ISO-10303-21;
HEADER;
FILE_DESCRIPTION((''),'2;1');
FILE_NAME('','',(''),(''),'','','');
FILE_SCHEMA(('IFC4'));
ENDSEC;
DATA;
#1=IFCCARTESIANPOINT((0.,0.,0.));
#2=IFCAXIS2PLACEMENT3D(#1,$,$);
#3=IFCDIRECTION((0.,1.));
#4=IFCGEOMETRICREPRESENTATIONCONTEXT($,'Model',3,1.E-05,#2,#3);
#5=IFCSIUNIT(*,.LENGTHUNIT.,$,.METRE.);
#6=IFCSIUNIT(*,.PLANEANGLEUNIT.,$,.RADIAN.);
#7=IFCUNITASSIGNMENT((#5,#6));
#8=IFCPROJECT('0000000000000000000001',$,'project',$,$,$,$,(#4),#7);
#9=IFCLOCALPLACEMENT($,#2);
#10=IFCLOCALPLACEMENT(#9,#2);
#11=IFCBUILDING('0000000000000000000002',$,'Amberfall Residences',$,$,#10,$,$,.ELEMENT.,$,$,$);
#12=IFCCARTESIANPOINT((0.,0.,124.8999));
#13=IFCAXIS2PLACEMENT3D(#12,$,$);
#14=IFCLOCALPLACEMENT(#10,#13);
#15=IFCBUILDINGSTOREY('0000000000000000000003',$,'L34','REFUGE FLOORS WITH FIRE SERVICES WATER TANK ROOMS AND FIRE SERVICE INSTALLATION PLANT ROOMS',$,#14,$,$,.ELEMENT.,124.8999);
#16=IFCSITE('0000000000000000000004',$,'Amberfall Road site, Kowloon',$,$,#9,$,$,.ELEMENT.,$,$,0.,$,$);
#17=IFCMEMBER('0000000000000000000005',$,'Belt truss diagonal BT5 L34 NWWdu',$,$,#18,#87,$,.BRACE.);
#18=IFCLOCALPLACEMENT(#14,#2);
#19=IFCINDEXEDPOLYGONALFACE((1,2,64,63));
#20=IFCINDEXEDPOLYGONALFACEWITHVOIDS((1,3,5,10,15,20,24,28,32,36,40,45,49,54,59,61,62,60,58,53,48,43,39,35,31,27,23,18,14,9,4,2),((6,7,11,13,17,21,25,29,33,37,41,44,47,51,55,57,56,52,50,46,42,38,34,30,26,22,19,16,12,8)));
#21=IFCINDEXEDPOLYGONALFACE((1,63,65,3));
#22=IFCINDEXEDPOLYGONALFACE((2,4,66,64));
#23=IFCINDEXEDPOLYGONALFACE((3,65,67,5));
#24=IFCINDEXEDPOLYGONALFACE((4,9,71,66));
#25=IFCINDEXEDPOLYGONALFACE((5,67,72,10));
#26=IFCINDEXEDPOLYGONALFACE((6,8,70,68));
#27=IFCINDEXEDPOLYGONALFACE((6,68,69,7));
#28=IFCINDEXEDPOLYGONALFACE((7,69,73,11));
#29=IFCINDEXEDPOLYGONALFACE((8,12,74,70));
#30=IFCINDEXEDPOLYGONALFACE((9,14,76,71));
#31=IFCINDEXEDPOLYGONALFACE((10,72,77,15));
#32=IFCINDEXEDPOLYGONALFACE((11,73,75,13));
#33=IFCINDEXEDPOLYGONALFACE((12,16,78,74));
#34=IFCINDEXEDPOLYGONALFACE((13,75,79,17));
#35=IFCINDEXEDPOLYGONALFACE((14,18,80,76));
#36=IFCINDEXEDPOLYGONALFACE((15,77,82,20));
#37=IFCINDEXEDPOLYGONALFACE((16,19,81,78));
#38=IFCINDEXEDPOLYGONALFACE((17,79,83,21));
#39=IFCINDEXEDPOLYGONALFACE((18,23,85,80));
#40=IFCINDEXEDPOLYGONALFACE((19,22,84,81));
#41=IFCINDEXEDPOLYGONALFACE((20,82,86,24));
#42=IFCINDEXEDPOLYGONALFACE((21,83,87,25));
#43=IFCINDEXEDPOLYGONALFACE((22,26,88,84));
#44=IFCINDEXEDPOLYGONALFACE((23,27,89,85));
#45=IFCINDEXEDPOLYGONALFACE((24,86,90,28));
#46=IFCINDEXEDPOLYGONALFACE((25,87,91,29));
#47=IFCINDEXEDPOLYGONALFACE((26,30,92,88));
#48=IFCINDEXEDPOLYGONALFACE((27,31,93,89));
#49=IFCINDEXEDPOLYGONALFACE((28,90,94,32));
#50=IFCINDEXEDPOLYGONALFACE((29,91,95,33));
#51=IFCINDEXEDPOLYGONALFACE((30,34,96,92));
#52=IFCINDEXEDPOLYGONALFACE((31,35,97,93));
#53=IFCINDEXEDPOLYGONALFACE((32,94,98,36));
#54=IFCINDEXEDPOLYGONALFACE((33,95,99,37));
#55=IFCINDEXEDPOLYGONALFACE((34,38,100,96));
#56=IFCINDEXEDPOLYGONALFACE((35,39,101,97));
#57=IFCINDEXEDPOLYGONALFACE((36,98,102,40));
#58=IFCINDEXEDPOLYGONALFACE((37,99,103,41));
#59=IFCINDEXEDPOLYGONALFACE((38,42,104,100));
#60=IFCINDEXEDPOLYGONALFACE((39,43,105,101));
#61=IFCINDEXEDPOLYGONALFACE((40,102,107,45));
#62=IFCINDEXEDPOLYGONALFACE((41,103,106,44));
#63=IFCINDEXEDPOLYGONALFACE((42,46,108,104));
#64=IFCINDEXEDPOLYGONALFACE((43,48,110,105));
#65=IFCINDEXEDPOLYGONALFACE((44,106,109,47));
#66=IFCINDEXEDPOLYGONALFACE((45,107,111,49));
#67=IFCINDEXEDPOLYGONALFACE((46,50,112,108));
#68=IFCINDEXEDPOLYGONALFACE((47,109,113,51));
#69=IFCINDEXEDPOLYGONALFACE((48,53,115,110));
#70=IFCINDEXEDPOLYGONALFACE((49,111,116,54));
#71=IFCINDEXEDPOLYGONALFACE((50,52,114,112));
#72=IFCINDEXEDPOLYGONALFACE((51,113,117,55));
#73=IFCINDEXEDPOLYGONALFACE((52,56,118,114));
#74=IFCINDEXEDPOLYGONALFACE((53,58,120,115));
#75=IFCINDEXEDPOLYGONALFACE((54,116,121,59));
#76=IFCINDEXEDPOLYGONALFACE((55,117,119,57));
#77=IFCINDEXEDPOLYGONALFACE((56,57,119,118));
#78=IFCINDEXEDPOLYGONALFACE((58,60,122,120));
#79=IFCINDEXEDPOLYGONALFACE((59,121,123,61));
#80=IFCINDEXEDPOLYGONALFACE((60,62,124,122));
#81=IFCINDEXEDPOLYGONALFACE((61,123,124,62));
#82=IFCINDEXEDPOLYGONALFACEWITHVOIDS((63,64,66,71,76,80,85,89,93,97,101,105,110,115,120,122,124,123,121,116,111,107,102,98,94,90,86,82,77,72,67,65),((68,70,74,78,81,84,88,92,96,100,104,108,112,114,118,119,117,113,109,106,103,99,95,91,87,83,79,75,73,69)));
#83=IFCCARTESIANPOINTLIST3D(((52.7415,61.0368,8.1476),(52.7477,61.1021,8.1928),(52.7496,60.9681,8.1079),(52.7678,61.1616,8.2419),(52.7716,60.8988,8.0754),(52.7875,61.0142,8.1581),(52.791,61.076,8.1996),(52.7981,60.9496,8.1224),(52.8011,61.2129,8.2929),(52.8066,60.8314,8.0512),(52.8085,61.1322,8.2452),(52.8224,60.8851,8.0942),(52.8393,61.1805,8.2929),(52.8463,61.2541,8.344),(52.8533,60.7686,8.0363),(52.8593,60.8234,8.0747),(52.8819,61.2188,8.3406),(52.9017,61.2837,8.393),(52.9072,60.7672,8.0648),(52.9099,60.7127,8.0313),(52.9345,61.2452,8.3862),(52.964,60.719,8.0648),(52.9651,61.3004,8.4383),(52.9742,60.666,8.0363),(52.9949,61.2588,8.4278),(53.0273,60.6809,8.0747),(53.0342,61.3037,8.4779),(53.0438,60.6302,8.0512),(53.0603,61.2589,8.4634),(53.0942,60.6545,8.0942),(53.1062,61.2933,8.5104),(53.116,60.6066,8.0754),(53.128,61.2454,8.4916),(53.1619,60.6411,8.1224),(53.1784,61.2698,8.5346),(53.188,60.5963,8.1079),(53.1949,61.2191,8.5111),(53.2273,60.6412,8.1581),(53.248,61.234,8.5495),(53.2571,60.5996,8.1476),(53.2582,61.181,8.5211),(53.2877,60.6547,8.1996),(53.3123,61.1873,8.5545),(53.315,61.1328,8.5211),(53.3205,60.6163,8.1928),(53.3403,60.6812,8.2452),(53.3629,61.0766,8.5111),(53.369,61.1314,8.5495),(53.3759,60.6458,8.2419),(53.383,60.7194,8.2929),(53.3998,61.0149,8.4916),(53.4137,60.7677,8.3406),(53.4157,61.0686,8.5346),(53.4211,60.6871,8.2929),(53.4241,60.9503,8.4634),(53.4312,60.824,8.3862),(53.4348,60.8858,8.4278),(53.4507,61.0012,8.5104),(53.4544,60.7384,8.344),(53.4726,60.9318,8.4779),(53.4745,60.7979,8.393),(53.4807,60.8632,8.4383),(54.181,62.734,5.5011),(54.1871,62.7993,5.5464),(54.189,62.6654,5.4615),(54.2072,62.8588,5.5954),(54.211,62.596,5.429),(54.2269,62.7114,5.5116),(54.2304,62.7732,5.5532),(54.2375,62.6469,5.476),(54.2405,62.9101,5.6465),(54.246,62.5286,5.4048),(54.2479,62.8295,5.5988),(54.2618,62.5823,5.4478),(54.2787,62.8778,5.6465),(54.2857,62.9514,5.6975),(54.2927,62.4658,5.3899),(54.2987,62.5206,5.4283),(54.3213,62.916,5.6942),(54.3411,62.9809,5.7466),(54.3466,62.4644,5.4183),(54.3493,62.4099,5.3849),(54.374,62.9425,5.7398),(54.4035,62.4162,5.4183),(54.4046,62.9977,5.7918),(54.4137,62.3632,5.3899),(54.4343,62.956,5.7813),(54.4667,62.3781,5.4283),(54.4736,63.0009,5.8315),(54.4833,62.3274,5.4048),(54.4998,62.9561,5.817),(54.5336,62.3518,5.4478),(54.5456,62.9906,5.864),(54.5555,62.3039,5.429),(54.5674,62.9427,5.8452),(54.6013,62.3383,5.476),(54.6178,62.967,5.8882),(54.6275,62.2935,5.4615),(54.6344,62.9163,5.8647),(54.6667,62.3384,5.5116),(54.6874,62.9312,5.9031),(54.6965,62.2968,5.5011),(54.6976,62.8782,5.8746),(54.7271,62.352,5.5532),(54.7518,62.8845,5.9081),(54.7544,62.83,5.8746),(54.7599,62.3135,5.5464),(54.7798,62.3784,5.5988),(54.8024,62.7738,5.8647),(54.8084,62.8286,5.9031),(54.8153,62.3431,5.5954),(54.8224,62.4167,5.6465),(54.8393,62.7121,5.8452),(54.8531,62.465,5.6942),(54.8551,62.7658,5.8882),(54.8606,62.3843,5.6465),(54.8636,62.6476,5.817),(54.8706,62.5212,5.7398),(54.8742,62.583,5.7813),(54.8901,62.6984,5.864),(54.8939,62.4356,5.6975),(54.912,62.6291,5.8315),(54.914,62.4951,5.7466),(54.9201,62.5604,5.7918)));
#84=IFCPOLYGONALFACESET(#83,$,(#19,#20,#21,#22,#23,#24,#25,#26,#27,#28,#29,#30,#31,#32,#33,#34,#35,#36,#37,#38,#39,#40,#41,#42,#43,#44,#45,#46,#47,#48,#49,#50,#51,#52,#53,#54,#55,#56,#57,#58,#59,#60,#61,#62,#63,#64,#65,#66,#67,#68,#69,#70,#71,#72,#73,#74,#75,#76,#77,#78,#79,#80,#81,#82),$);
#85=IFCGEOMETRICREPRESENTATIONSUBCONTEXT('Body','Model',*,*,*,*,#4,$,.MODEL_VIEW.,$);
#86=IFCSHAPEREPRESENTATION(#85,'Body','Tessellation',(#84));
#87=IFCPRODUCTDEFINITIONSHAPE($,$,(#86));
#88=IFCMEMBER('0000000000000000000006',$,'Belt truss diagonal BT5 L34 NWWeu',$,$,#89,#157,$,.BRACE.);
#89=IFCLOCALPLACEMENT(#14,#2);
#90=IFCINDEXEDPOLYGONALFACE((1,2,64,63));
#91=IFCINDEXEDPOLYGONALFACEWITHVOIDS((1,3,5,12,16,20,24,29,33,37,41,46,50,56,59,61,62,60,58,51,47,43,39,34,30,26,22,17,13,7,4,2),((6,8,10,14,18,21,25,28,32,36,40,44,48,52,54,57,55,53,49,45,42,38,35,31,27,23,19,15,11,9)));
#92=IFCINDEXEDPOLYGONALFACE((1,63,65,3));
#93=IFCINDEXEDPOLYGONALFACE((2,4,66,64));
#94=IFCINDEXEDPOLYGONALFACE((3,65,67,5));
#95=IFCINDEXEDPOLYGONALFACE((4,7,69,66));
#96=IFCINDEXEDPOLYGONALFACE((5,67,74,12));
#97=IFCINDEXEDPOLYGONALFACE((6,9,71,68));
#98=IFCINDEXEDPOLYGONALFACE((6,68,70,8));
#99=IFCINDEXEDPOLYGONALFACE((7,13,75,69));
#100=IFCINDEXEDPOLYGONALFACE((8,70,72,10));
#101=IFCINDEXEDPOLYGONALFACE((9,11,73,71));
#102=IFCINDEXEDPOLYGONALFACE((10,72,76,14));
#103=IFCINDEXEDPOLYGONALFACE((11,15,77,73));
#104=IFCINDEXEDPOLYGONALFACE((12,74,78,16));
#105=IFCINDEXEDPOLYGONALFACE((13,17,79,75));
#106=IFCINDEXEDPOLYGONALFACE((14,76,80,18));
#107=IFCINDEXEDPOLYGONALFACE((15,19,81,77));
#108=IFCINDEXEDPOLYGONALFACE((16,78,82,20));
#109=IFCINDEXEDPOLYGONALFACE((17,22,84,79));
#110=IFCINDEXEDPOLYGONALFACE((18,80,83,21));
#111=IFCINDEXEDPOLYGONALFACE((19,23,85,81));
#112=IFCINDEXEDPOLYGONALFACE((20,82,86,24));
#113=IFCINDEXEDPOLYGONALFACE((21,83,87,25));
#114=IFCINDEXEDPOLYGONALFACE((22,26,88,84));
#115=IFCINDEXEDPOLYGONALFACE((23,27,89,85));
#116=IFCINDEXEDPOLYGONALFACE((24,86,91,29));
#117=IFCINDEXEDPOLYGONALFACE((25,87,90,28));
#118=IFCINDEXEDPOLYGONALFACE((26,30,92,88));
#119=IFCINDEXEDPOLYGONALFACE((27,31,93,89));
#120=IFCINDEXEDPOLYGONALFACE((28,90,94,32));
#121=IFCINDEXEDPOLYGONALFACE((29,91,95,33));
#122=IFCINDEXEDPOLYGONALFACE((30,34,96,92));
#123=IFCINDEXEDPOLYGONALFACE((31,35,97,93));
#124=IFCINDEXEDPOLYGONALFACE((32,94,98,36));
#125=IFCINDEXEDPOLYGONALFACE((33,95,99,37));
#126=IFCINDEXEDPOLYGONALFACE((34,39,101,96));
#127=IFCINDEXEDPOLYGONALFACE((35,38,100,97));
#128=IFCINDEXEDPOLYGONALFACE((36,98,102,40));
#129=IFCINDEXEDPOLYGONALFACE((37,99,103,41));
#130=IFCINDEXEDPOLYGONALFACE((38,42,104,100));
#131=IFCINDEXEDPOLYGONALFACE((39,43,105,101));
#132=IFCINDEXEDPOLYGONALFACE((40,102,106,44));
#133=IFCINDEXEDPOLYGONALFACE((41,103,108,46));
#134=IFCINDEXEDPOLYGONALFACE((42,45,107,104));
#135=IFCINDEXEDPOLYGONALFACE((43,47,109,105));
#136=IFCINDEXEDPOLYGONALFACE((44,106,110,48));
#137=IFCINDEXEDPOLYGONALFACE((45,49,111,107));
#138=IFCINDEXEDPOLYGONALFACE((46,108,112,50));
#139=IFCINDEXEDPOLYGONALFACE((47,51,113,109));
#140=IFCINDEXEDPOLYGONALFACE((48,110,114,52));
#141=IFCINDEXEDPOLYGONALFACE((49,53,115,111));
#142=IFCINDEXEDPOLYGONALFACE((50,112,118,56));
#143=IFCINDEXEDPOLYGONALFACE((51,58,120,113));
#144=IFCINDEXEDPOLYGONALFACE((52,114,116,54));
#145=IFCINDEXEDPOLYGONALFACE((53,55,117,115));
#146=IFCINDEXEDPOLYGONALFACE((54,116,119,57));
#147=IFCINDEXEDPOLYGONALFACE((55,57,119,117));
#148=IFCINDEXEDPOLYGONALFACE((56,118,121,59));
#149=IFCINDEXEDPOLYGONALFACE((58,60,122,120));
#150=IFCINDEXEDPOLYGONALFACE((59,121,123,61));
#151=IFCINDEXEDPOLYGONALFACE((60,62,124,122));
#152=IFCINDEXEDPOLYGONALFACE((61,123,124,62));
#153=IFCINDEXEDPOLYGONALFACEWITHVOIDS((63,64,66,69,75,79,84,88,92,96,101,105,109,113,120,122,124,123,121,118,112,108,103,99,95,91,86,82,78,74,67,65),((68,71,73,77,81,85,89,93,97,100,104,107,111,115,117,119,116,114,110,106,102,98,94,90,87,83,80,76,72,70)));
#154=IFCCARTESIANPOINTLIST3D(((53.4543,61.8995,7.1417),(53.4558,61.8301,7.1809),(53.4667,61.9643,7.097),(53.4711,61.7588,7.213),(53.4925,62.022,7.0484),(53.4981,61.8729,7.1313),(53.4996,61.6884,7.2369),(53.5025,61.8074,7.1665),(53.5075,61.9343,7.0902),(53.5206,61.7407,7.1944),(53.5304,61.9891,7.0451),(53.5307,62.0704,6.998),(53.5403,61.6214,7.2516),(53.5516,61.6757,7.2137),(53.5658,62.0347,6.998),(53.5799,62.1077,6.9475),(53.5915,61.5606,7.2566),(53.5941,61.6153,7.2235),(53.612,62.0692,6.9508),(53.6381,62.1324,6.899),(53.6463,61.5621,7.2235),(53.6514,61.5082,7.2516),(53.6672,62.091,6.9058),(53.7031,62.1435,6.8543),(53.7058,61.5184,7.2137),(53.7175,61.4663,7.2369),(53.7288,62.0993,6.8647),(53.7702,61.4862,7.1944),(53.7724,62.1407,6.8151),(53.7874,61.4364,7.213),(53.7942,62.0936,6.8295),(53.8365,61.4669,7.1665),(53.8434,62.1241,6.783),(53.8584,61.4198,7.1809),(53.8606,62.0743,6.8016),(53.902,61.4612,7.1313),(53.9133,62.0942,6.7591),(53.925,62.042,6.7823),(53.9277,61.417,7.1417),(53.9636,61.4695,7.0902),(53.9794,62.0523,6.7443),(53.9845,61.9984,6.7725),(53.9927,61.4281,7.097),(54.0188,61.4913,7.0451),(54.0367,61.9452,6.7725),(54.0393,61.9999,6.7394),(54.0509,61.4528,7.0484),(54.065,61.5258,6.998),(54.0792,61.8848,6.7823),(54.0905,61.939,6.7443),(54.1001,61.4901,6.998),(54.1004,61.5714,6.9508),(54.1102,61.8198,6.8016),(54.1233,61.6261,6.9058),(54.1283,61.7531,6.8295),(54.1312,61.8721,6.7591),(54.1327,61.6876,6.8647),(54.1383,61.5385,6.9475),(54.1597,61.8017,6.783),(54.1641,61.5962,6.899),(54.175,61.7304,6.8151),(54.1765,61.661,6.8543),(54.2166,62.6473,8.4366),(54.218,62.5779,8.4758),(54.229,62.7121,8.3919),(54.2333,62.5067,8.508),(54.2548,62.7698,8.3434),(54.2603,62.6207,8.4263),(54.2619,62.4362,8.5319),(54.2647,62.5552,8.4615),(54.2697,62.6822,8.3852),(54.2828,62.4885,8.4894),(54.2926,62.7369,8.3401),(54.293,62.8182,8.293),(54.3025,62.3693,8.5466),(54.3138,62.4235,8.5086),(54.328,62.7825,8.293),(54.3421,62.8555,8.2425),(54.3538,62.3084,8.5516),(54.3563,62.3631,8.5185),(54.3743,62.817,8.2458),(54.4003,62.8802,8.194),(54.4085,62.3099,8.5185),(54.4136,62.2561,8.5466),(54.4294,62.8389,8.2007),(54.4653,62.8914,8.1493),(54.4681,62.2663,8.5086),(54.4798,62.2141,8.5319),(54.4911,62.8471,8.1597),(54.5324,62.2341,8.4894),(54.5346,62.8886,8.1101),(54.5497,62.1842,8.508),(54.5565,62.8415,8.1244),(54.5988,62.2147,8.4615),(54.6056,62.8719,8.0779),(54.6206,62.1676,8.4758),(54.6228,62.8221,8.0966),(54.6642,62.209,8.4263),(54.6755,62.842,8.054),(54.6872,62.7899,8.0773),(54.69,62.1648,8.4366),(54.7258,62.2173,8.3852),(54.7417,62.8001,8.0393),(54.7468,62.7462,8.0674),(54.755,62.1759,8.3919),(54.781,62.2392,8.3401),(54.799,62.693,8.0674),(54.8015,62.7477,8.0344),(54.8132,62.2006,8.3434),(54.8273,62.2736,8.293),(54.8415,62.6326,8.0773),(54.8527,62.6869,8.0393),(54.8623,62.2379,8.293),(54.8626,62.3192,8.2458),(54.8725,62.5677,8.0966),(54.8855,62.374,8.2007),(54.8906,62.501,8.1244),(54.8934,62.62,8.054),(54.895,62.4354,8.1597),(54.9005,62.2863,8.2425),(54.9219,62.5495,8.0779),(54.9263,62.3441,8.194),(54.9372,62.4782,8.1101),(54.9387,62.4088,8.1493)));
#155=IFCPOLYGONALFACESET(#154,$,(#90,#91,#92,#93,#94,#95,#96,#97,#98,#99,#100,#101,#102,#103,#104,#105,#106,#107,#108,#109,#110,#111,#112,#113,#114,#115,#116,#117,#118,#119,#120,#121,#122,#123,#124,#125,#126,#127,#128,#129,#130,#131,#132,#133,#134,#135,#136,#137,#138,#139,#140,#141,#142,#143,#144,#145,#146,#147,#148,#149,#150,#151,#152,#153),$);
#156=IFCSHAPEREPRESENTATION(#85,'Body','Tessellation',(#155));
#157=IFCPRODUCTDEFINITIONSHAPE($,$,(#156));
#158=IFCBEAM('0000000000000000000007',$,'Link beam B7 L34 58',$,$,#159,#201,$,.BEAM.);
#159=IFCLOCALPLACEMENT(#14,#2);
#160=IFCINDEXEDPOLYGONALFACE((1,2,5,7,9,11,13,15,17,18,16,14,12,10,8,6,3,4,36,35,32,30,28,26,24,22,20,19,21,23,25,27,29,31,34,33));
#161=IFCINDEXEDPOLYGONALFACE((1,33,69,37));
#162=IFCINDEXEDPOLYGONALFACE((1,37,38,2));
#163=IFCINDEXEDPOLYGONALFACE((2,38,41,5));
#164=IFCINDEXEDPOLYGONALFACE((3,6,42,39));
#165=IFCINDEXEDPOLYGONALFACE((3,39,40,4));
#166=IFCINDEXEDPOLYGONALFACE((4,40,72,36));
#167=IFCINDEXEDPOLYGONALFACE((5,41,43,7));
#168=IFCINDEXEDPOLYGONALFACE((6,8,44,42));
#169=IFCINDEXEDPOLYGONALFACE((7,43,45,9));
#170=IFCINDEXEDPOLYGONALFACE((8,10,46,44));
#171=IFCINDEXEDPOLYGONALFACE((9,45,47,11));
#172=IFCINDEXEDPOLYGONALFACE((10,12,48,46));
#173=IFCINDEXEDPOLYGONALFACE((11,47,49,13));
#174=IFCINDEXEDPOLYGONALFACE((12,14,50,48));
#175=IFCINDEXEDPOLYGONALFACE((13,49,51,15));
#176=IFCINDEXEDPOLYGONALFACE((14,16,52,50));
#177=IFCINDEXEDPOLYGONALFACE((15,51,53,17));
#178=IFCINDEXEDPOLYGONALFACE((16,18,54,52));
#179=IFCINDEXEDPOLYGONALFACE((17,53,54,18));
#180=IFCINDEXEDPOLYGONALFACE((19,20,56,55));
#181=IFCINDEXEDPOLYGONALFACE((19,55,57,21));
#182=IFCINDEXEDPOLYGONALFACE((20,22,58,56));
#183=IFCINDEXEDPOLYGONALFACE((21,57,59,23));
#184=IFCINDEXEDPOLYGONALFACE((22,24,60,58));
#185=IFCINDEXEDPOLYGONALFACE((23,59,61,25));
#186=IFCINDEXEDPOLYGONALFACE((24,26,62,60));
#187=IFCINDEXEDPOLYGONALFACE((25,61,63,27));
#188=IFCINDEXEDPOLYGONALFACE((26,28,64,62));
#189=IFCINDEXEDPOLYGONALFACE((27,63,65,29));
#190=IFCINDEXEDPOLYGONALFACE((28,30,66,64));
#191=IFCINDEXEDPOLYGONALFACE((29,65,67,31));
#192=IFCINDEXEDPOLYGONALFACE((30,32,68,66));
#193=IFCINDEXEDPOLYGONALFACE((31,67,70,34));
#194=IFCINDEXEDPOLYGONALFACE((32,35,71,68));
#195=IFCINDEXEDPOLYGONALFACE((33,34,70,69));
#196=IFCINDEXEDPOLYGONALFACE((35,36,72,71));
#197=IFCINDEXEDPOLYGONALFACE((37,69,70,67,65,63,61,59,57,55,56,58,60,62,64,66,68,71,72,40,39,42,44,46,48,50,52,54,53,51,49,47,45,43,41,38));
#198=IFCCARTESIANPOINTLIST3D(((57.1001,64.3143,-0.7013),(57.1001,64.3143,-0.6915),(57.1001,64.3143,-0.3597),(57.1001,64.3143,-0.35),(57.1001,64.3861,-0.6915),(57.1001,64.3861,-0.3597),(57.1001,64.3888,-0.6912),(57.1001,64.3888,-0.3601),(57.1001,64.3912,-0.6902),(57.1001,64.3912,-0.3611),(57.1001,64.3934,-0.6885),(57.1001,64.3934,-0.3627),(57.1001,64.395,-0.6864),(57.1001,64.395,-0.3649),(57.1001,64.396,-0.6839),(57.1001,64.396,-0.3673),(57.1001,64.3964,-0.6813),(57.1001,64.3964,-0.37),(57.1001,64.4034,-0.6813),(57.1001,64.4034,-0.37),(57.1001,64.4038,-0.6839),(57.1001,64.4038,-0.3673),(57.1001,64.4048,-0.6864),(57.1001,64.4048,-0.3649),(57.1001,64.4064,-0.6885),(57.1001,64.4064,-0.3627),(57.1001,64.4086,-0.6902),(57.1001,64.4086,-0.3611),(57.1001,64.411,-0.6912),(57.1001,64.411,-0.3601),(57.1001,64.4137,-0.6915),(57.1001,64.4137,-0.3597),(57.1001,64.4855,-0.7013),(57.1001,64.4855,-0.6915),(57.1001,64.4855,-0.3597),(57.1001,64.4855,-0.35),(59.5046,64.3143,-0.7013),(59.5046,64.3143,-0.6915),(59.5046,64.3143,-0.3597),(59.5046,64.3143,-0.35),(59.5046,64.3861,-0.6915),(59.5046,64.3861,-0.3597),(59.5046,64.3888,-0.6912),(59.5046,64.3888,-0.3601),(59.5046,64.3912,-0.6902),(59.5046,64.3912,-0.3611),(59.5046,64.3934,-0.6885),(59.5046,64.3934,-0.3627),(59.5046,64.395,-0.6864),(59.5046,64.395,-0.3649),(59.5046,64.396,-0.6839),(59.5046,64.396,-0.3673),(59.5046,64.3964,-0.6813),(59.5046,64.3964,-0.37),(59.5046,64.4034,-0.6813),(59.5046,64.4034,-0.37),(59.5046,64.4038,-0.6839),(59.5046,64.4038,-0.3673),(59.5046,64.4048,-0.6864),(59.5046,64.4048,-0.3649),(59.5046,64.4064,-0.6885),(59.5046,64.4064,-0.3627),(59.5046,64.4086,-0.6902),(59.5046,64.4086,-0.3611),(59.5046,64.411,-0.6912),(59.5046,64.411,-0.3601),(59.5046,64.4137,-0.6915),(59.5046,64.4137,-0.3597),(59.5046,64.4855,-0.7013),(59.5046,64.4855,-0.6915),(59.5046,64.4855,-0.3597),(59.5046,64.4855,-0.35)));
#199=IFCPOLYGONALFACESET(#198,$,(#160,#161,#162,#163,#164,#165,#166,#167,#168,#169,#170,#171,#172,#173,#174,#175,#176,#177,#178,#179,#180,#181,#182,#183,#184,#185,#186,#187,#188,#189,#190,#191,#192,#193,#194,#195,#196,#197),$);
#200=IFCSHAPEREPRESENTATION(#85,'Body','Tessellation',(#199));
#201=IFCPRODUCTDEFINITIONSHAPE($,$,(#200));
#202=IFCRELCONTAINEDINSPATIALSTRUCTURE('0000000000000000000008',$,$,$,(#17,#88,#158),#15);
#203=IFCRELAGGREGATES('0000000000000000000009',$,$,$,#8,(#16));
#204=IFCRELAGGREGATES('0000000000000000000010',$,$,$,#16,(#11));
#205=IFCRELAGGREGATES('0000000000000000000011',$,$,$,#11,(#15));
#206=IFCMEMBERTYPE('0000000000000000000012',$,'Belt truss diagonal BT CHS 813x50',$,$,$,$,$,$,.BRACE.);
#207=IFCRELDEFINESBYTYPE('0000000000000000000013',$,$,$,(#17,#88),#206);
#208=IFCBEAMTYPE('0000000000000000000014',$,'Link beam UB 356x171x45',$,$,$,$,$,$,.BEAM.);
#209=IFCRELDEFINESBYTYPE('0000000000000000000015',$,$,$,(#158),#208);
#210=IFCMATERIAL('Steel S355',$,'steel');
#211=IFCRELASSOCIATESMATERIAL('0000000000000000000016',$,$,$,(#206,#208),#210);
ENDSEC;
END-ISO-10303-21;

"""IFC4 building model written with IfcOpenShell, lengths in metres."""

from ifc_helpers import new_model, si_unit, direction, frame, origin, origin_2d, place, context, subcontext, project, spatial, hollow_circle, i_section, extrude, material, material_profile, profile_set, type_object, element, save


model = new_model("IFC4")

# Units and contexts
model_context = context("Model", 3, precision=1e-05, world=origin(), true_north=direction((0.0, 1.0)))
body_context = subcontext(model_context, "Body", "Model", "MODEL_VIEW")
ifc_project = project(units=[si_unit("LENGTHUNIT", "METRE"), si_unit("PLANEANGLEUNIT", "RADIAN")], contexts=[model_context])

# Site, building, storey
site_placement = place(None, origin())
site = spatial("IfcSite", under=ifc_project, at=site_placement, Name="Amberfall Road site, Kowloon", CompositionType="ELEMENT", RefElevation=0.0)
building_placement = place(site_placement, origin())
building = spatial("IfcBuilding", under=site, at=building_placement, Name="Amberfall Residences", CompositionType="ELEMENT")
storey_placement = place(building_placement, frame((0.0, 0.0, 124.8999)))
storey = spatial("IfcBuildingStorey", under=building, at=storey_placement, Name="L34", Description="REFUGE FLOORS WITH FIRE SERVICES WATER TANK ROOMS AND FIRE SERVICE INSTALLATION PLANT ROOMS", CompositionType="ELEMENT", Elevation=124.8999)

# Shared definitions
ifc_material_1 = material(Name="Steel S355", Category="steel")

# Members
ifc_material_profile_1 = material_profile(ifc_material_1, hollow_circle(Radius=0.4065, WallThickness=0.05, at=origin_2d()), Name="CHS 813x50")
ifc_profile_set_1 = profile_set([ifc_material_profile_1], Name="Steel S355")
member_type = type_object("IfcMemberType", Name="Belt truss diagonal BT CHS 813x50", PredefinedType="BRACE", material=ifc_profile_set_1)
member_1_placement = place(storey_placement, frame((54.5505, 62.6472, 5.6465), z_axis=(-0.416288, -0.490846, 0.765359), x_axis=(0.762653, -0.646807, 0.0)))
element("IfcMember", 1, at=member_1_placement, inside=storey, type_object=member_type, Name="Belt truss diagonal BT5 L34 NWWdu", PredefinedType="BRACE", context=body_context, shape_type="SweptSolid", body=[
    extrude(hollow_circle(Radius=0.4065, WallThickness=0.05, at=origin_2d()), origin(), (0.0, 0.0, 1.0), 3.4578),
])
member_2_placement = place(storey_placement, frame((54.5776, 62.5281, 8.293), z_axis=(-0.45413, -0.445548, -0.771526), x_axis=(0.70033, -0.71382, 0.0)))
element("IfcMember", 2, at=member_2_placement, inside=storey, type_object=member_type, Name="Belt truss diagonal BT5 L34 NWWeu", PredefinedType="BRACE", context=body_context, shape_type="SweptSolid", body=[
    extrude(hollow_circle(Radius=0.4065, WallThickness=0.05, at=origin_2d()), origin(), (0.0, 0.0, 1.0), 1.6785),
])

# Beam
ifc_material_profile_2 = material_profile(ifc_material_1, i_section(OverallWidth=0.1711, OverallDepth=0.3513, WebThickness=0.0071, FlangeThickness=0.0098, FilletRadius=0.0103, at=origin_2d()), Name="UB 356x171x45")
ifc_profile_set_2 = profile_set([ifc_material_profile_2], Name="Steel S355")
beam_type_1 = type_object("IfcBeamType", Name="Link beam UB 356x171x45", PredefinedType="BEAM", material=ifc_profile_set_2)
beam_1_placement = place(storey_placement, frame((57.1001, 64.3999, -0.5256), z_axis=(1.0, 0.0, 0.0), x_axis=(0.0, 1.0, 0.0)))
element("IfcBeam", 3, at=beam_1_placement, inside=storey, type_object=beam_type_1, Name="Link beam B7 L34 58", PredefinedType="BEAM", context=body_context, shape_type="SweptSolid", body=[
    extrude(i_section(OverallWidth=0.1711, OverallDepth=0.3513, WebThickness=0.0071, FlangeThickness=0.0098, FilletRadius=0.0103, at=origin_2d()), origin(), (0.0, 0.0, 1.0), 2.4045),
])

save(model, "model.ifc")
